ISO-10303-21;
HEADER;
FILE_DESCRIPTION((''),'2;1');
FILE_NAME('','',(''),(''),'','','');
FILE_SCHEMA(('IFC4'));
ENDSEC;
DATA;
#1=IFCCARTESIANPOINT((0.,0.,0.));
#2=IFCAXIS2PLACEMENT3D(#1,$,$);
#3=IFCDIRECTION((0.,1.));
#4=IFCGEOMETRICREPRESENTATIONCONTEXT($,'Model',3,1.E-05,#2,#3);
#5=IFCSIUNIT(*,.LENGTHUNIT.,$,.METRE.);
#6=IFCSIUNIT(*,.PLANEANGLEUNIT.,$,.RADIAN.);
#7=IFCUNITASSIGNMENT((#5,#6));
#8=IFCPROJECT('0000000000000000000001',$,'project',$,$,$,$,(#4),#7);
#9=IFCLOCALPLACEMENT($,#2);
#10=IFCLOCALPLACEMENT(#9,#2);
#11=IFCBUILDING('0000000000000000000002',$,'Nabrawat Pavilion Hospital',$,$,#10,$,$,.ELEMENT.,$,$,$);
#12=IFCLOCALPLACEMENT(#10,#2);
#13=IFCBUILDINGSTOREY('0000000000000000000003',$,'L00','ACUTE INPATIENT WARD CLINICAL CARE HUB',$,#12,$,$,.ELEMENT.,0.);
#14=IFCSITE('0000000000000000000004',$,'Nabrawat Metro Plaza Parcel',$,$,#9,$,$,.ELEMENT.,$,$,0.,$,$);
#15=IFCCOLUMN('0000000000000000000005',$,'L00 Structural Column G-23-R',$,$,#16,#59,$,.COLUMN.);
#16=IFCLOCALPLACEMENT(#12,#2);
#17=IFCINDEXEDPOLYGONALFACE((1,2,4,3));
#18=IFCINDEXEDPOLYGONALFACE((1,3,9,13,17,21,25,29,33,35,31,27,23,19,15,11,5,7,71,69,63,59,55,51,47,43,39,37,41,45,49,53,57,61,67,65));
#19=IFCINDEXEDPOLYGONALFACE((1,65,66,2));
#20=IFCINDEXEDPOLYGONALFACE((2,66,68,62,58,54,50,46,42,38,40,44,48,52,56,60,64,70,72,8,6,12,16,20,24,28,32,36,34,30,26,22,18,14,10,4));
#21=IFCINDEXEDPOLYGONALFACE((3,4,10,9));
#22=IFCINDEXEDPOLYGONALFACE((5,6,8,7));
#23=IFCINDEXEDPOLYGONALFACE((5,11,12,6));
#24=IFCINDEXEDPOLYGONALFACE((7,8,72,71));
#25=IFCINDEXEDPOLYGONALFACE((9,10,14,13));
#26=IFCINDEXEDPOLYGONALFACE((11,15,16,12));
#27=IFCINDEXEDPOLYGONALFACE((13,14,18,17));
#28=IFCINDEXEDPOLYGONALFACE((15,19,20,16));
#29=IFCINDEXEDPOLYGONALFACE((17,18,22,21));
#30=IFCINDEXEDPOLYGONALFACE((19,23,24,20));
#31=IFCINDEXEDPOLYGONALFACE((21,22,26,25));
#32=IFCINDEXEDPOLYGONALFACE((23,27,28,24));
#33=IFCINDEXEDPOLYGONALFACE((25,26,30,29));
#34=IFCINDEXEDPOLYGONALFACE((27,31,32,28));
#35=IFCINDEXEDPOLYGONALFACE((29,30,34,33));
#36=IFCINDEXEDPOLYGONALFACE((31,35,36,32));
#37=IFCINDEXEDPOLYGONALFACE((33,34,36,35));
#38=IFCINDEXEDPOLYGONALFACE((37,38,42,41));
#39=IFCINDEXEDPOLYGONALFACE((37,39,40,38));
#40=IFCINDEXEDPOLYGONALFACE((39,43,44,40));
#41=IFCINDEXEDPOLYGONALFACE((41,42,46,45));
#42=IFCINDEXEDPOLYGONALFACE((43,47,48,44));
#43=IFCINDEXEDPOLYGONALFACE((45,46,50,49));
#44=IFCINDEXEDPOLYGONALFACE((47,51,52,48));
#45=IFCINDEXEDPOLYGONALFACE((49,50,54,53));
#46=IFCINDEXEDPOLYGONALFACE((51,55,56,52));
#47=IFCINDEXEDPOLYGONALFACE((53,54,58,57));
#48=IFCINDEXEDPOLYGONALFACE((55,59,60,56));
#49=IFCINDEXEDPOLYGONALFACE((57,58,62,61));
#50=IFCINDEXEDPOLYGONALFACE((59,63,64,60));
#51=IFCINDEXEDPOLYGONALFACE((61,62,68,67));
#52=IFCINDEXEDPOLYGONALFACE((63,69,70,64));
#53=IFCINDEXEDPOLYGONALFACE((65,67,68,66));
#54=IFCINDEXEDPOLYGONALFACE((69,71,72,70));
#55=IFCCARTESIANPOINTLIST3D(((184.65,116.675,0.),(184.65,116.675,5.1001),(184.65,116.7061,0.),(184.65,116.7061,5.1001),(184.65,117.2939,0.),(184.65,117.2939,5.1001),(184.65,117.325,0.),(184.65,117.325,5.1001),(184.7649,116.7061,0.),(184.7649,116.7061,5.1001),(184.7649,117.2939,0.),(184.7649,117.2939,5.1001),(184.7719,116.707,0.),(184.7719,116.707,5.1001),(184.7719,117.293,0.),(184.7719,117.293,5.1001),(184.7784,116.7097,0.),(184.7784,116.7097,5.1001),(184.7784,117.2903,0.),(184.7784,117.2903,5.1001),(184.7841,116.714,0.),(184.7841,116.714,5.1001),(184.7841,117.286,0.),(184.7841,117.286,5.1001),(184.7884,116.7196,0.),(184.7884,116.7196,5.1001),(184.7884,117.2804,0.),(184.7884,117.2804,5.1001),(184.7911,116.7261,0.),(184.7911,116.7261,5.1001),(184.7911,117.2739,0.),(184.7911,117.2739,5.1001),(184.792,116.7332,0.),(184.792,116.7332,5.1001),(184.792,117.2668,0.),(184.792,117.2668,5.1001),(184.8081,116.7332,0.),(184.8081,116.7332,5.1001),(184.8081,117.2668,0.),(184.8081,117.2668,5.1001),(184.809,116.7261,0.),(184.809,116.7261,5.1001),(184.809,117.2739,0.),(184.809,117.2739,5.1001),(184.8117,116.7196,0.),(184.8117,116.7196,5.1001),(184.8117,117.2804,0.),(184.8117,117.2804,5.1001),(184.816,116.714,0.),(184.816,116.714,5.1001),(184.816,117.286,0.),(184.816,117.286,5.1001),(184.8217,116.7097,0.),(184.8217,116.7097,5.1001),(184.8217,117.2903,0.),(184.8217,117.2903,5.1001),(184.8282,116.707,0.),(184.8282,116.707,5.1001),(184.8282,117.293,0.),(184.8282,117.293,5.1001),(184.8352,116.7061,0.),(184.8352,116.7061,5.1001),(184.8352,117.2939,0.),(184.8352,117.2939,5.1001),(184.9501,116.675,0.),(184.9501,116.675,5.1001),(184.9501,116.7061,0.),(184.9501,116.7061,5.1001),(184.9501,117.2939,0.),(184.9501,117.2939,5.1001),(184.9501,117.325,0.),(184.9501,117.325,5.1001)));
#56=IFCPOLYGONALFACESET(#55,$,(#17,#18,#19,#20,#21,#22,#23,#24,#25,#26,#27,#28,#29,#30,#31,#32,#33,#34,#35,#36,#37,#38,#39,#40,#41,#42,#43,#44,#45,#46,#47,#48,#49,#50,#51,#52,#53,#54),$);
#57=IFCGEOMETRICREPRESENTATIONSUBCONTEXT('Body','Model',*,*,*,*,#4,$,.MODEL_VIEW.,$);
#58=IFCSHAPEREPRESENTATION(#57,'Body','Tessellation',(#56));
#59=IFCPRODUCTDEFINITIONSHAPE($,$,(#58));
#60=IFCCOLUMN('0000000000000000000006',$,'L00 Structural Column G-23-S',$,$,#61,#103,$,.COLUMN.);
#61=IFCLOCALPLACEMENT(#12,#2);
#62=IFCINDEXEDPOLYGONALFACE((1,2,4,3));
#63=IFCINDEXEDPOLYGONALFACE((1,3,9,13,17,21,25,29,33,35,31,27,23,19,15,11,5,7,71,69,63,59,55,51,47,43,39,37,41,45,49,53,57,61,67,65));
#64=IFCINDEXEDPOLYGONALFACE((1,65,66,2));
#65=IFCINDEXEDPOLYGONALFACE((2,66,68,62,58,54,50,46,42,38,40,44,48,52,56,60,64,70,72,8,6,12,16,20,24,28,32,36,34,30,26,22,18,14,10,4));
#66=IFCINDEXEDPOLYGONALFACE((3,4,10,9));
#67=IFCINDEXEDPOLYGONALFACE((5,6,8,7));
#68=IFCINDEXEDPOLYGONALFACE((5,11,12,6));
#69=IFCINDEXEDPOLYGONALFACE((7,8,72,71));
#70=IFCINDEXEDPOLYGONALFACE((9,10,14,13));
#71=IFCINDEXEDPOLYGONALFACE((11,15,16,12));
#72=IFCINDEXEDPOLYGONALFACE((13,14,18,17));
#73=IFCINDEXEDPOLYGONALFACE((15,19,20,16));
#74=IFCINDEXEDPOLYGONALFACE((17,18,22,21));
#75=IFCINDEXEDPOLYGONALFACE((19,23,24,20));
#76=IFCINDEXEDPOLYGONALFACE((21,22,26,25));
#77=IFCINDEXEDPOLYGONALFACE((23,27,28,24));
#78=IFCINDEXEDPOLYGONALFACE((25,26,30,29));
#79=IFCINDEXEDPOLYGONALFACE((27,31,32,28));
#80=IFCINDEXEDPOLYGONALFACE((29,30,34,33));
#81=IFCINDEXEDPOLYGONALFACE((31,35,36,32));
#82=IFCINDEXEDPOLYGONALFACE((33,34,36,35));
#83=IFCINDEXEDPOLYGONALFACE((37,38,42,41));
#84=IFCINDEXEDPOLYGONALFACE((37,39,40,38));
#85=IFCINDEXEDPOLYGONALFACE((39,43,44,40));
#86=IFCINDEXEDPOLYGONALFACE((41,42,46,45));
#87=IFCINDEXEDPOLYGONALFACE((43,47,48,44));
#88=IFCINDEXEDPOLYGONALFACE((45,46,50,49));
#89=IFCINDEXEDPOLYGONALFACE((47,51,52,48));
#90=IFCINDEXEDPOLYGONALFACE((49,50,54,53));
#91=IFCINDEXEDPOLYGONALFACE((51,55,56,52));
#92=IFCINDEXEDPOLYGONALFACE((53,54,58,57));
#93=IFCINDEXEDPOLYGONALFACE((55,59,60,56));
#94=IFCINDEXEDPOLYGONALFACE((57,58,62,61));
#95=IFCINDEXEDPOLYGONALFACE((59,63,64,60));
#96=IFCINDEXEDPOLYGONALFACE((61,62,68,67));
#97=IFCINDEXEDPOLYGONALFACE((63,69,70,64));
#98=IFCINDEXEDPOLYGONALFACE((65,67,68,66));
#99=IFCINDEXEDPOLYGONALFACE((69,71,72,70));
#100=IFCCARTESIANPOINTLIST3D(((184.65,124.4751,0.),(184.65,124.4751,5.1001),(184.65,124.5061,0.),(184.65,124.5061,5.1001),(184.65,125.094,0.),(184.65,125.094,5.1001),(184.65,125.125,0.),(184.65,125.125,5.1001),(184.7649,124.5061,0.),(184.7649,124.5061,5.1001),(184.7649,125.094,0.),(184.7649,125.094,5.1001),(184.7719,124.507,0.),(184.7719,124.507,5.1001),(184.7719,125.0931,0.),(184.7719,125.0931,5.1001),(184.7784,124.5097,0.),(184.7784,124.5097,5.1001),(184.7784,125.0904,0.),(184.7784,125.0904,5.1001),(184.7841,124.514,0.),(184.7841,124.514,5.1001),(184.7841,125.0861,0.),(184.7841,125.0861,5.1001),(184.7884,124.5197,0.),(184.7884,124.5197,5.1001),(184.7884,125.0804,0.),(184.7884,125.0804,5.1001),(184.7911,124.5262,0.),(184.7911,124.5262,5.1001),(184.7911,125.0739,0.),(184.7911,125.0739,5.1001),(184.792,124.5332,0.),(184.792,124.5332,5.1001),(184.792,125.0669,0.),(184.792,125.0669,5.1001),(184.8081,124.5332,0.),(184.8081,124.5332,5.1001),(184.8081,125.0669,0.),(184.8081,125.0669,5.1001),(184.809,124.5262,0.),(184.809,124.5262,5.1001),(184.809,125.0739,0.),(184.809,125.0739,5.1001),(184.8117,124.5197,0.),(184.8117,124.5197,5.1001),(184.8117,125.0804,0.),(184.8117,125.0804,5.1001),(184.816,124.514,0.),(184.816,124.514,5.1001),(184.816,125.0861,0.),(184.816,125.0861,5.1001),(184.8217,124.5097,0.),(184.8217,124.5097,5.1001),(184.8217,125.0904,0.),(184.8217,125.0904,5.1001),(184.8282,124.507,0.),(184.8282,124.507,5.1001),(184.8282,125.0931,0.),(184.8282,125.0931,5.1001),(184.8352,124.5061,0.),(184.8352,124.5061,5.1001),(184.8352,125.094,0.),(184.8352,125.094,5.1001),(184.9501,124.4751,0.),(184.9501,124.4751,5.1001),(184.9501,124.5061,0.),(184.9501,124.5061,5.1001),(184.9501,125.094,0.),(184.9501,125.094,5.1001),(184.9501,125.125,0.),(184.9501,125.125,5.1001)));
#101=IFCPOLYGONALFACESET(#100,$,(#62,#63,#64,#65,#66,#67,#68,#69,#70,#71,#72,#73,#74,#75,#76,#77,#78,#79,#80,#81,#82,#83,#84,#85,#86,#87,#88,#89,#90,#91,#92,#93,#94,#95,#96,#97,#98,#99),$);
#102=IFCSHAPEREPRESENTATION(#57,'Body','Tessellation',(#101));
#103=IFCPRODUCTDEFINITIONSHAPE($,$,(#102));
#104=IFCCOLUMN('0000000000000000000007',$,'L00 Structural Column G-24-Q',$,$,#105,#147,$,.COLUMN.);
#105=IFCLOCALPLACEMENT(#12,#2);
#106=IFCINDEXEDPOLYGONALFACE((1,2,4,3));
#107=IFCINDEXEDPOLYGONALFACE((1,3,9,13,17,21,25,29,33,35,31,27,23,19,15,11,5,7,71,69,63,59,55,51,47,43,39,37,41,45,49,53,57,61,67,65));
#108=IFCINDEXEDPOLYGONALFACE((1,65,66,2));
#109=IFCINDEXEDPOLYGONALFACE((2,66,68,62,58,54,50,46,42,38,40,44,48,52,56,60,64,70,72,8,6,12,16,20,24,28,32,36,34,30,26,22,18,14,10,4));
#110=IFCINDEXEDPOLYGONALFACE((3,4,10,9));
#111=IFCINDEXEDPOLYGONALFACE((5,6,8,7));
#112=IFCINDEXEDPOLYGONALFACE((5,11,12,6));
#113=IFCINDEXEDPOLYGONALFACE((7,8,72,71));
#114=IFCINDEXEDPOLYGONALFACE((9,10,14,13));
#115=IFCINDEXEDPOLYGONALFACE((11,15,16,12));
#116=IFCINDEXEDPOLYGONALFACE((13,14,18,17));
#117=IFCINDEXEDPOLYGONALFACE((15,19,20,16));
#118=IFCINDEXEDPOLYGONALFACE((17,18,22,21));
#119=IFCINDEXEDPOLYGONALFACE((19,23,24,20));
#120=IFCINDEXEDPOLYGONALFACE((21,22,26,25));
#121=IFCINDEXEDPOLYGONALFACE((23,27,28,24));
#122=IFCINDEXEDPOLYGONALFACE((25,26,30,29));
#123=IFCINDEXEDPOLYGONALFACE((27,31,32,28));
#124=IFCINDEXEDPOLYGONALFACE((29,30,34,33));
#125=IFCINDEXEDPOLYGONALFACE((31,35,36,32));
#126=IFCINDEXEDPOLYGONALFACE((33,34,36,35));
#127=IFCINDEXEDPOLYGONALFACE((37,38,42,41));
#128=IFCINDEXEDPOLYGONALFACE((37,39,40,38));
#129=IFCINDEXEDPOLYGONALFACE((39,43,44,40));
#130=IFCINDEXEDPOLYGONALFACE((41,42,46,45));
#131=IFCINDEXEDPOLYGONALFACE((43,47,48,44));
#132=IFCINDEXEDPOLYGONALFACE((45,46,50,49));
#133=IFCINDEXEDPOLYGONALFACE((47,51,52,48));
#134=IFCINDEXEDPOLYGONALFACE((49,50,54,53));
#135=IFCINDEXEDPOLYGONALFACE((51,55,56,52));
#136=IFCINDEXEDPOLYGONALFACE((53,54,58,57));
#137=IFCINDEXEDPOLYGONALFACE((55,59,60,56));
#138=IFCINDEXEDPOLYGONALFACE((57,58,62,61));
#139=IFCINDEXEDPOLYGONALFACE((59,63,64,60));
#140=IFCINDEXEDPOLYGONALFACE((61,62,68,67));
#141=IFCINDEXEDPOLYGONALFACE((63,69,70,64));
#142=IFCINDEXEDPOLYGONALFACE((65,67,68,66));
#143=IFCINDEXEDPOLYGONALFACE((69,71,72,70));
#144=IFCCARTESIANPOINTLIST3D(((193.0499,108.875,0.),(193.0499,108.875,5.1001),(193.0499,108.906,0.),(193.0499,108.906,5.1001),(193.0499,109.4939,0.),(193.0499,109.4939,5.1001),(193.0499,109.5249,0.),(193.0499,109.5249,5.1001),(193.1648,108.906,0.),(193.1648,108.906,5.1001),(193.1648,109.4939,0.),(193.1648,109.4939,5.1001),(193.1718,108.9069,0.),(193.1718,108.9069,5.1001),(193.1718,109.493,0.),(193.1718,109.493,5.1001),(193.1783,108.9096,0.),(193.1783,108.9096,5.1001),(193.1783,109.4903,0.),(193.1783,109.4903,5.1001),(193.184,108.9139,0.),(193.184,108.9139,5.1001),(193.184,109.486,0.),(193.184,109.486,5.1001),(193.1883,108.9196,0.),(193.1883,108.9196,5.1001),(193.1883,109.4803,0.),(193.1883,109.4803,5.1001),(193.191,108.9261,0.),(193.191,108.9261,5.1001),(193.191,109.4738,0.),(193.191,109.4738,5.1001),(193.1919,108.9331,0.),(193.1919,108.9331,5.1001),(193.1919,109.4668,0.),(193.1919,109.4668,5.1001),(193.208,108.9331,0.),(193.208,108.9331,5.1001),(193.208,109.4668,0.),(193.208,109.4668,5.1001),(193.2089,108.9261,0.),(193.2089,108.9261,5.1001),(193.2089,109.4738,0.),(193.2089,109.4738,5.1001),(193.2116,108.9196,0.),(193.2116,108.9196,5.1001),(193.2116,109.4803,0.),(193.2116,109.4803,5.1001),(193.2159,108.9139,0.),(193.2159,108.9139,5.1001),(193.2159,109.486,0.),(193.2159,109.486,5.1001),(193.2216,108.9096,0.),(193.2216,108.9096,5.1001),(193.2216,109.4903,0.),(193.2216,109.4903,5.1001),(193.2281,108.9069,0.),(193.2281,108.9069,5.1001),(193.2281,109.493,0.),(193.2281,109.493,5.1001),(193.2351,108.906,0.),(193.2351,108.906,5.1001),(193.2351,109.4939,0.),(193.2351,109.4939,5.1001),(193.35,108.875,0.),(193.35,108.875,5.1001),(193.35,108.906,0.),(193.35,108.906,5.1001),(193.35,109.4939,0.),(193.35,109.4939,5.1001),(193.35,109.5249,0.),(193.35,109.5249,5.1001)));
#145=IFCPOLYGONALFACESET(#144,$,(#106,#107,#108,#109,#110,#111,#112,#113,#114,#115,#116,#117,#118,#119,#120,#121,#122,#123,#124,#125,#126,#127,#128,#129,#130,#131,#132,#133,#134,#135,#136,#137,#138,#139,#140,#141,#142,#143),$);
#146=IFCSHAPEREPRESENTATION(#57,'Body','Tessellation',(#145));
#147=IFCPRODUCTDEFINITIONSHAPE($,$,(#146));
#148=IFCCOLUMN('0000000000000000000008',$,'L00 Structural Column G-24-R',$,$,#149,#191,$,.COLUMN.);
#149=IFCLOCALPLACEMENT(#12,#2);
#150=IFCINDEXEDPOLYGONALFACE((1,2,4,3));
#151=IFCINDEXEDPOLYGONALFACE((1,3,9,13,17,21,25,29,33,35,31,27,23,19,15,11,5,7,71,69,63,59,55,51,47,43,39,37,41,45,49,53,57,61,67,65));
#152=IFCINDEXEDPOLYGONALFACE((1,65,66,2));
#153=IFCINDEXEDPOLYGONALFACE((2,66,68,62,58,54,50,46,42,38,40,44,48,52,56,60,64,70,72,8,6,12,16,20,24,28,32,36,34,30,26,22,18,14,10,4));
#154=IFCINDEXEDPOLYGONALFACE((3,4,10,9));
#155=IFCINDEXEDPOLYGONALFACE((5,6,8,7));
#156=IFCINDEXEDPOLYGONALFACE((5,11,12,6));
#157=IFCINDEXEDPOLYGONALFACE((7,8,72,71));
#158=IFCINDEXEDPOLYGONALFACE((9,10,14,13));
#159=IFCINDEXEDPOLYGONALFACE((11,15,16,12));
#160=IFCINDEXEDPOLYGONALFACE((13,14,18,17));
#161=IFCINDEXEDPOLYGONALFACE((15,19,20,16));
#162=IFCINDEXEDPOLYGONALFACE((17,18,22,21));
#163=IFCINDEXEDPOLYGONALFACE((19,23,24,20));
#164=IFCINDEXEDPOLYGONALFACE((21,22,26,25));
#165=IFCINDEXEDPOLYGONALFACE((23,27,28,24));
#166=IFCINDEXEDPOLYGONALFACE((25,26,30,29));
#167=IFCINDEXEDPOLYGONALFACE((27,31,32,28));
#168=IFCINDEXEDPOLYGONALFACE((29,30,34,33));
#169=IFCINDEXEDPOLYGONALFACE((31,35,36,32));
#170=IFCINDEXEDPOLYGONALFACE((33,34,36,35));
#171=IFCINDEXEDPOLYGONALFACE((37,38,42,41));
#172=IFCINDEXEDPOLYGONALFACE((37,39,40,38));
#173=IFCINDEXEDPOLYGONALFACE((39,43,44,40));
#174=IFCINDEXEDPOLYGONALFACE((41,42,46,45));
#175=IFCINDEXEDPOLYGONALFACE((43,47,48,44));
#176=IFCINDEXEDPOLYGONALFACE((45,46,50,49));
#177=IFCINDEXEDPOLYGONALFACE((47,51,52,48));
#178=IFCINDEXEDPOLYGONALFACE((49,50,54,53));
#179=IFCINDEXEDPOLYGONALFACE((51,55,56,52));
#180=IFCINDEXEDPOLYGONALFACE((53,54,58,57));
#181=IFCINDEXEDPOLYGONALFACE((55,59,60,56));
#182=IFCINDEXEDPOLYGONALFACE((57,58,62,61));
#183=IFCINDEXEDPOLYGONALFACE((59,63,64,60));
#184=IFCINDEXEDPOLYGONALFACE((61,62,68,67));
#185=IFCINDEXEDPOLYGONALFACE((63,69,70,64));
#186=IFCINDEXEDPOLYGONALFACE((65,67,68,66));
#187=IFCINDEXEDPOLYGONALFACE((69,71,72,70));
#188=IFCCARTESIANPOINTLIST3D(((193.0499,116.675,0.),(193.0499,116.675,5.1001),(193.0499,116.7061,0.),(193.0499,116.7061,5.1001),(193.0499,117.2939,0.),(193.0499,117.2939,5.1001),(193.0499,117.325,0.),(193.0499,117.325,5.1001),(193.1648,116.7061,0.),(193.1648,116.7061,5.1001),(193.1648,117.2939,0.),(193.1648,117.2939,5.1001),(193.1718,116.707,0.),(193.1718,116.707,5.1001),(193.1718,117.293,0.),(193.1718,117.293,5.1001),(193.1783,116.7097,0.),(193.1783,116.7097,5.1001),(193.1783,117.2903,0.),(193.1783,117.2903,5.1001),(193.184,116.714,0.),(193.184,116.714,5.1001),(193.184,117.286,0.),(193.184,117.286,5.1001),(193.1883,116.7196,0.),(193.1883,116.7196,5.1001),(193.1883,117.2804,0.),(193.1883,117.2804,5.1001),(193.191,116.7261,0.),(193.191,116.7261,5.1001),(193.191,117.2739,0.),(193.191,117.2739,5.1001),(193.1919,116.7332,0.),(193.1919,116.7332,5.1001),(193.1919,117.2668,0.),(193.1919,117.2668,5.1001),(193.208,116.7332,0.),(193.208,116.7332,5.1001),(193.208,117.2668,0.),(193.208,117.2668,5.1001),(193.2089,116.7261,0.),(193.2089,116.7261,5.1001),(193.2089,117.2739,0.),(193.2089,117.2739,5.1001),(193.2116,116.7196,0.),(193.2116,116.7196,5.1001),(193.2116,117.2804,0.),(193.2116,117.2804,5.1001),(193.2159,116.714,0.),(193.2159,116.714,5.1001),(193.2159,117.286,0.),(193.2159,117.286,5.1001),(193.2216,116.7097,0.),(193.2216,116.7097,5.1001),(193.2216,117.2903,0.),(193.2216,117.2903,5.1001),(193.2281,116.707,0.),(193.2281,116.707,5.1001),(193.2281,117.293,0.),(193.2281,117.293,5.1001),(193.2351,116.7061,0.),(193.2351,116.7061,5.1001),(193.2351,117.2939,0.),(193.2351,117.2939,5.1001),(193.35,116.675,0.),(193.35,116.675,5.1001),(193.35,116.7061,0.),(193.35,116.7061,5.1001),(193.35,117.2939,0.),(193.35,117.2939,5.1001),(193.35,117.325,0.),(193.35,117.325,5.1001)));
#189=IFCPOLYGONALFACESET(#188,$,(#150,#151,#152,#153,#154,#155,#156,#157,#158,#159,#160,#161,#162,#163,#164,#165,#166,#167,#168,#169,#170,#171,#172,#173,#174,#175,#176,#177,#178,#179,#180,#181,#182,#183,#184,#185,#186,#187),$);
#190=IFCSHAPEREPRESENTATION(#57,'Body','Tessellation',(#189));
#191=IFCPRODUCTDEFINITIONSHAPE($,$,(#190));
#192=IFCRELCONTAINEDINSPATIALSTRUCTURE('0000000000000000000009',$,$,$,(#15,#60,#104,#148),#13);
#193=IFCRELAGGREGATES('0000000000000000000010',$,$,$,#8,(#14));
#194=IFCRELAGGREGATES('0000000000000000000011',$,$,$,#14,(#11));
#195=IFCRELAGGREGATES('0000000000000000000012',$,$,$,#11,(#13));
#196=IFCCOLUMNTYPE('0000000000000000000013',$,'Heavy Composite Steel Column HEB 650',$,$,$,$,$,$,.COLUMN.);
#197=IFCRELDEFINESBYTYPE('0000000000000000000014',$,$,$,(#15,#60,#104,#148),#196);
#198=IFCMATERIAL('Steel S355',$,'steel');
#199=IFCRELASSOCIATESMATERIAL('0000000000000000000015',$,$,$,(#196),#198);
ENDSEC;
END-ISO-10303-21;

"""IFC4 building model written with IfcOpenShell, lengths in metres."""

from ifc_helpers import new_model, si_unit, direction, frame, origin, origin_2d, place, context, subcontext, project, spatial, i_section, extrude, material, material_profile, profile_set, type_object, element, save


model = new_model("IFC4")

# Units and contexts
model_context = context("Model", 3, precision=1e-05, world=origin(), true_north=direction((0.0, 1.0)))
body_context = subcontext(model_context, "Body", "Model", "MODEL_VIEW")
ifc_project = project(units=[si_unit("LENGTHUNIT", "METRE"), si_unit("PLANEANGLEUNIT", "RADIAN")], contexts=[model_context])

# Site, building, storey
site_placement = place(None, origin())
site = spatial("IfcSite", under=ifc_project, at=site_placement, Name="Nabrawat Metro Plaza Parcel", CompositionType="ELEMENT", RefElevation=0.0)
building_placement = place(site_placement, origin())
building = spatial("IfcBuilding", under=site, at=building_placement, Name="Nabrawat Pavilion Hospital", CompositionType="ELEMENT")
storey_placement = place(building_placement, origin())
storey = spatial("IfcBuildingStorey", under=building, at=storey_placement, Name="L00", Description="ACUTE INPATIENT WARD CLINICAL CARE HUB", CompositionType="ELEMENT", Elevation=0.0)

# Columns
ifc_material_1 = material(Name="Steel S355", Category="steel")
ifc_material_profile_1 = material_profile(ifc_material_1, i_section(OverallWidth=0.3, OverallDepth=0.6499, WebThickness=0.0161, FlangeThickness=0.031, FilletRadius=0.0271, at=origin_2d()), Name="HEB 650")
ifc_profile_set_1 = profile_set([ifc_material_profile_1], Name="Steel S355")
column_type = type_object("IfcColumnType", Name="Heavy Composite Steel Column HEB 650", PredefinedType="COLUMN", material=ifc_profile_set_1)
for number, where, z_axis, x_axis, name in (
    (1, (184.8, 117.0, 0.0), (0.0, 0.0, 1.0), (1.0, 0.0, 0.0), "L00 Structural Column G-23-R"),
    (2, (184.8, 124.8, 0.0), (0.0, 0.0, 1.0), (1.0, 0.0, 0.0), "L00 Structural Column G-23-S"),
    (3, (193.2, 109.2, 0.0), (0.0, 0.0, 1.0), (1.0, 0.0, 0.0), "L00 Structural Column G-24-Q"),
    (4, (193.2, 117.0, 0.0), (0.0, 0.0, 1.0), (1.0, 0.0, 0.0), "L00 Structural Column G-24-R"),
):
    element("IfcColumn", number, at=place(storey_placement, frame(where, z_axis=z_axis, x_axis=x_axis)), inside=storey, type_object=column_type, Name=name, PredefinedType="COLUMN", context=body_context, shape_type="SweptSolid", body=[
        extrude(i_section(OverallWidth=0.3, OverallDepth=0.6499, WebThickness=0.0161, FlangeThickness=0.031, FilletRadius=0.0271, at=origin_2d()), origin(), (0.0, 0.0, 1.0), 5.1001),
    ])

save(model, "model.ifc")
